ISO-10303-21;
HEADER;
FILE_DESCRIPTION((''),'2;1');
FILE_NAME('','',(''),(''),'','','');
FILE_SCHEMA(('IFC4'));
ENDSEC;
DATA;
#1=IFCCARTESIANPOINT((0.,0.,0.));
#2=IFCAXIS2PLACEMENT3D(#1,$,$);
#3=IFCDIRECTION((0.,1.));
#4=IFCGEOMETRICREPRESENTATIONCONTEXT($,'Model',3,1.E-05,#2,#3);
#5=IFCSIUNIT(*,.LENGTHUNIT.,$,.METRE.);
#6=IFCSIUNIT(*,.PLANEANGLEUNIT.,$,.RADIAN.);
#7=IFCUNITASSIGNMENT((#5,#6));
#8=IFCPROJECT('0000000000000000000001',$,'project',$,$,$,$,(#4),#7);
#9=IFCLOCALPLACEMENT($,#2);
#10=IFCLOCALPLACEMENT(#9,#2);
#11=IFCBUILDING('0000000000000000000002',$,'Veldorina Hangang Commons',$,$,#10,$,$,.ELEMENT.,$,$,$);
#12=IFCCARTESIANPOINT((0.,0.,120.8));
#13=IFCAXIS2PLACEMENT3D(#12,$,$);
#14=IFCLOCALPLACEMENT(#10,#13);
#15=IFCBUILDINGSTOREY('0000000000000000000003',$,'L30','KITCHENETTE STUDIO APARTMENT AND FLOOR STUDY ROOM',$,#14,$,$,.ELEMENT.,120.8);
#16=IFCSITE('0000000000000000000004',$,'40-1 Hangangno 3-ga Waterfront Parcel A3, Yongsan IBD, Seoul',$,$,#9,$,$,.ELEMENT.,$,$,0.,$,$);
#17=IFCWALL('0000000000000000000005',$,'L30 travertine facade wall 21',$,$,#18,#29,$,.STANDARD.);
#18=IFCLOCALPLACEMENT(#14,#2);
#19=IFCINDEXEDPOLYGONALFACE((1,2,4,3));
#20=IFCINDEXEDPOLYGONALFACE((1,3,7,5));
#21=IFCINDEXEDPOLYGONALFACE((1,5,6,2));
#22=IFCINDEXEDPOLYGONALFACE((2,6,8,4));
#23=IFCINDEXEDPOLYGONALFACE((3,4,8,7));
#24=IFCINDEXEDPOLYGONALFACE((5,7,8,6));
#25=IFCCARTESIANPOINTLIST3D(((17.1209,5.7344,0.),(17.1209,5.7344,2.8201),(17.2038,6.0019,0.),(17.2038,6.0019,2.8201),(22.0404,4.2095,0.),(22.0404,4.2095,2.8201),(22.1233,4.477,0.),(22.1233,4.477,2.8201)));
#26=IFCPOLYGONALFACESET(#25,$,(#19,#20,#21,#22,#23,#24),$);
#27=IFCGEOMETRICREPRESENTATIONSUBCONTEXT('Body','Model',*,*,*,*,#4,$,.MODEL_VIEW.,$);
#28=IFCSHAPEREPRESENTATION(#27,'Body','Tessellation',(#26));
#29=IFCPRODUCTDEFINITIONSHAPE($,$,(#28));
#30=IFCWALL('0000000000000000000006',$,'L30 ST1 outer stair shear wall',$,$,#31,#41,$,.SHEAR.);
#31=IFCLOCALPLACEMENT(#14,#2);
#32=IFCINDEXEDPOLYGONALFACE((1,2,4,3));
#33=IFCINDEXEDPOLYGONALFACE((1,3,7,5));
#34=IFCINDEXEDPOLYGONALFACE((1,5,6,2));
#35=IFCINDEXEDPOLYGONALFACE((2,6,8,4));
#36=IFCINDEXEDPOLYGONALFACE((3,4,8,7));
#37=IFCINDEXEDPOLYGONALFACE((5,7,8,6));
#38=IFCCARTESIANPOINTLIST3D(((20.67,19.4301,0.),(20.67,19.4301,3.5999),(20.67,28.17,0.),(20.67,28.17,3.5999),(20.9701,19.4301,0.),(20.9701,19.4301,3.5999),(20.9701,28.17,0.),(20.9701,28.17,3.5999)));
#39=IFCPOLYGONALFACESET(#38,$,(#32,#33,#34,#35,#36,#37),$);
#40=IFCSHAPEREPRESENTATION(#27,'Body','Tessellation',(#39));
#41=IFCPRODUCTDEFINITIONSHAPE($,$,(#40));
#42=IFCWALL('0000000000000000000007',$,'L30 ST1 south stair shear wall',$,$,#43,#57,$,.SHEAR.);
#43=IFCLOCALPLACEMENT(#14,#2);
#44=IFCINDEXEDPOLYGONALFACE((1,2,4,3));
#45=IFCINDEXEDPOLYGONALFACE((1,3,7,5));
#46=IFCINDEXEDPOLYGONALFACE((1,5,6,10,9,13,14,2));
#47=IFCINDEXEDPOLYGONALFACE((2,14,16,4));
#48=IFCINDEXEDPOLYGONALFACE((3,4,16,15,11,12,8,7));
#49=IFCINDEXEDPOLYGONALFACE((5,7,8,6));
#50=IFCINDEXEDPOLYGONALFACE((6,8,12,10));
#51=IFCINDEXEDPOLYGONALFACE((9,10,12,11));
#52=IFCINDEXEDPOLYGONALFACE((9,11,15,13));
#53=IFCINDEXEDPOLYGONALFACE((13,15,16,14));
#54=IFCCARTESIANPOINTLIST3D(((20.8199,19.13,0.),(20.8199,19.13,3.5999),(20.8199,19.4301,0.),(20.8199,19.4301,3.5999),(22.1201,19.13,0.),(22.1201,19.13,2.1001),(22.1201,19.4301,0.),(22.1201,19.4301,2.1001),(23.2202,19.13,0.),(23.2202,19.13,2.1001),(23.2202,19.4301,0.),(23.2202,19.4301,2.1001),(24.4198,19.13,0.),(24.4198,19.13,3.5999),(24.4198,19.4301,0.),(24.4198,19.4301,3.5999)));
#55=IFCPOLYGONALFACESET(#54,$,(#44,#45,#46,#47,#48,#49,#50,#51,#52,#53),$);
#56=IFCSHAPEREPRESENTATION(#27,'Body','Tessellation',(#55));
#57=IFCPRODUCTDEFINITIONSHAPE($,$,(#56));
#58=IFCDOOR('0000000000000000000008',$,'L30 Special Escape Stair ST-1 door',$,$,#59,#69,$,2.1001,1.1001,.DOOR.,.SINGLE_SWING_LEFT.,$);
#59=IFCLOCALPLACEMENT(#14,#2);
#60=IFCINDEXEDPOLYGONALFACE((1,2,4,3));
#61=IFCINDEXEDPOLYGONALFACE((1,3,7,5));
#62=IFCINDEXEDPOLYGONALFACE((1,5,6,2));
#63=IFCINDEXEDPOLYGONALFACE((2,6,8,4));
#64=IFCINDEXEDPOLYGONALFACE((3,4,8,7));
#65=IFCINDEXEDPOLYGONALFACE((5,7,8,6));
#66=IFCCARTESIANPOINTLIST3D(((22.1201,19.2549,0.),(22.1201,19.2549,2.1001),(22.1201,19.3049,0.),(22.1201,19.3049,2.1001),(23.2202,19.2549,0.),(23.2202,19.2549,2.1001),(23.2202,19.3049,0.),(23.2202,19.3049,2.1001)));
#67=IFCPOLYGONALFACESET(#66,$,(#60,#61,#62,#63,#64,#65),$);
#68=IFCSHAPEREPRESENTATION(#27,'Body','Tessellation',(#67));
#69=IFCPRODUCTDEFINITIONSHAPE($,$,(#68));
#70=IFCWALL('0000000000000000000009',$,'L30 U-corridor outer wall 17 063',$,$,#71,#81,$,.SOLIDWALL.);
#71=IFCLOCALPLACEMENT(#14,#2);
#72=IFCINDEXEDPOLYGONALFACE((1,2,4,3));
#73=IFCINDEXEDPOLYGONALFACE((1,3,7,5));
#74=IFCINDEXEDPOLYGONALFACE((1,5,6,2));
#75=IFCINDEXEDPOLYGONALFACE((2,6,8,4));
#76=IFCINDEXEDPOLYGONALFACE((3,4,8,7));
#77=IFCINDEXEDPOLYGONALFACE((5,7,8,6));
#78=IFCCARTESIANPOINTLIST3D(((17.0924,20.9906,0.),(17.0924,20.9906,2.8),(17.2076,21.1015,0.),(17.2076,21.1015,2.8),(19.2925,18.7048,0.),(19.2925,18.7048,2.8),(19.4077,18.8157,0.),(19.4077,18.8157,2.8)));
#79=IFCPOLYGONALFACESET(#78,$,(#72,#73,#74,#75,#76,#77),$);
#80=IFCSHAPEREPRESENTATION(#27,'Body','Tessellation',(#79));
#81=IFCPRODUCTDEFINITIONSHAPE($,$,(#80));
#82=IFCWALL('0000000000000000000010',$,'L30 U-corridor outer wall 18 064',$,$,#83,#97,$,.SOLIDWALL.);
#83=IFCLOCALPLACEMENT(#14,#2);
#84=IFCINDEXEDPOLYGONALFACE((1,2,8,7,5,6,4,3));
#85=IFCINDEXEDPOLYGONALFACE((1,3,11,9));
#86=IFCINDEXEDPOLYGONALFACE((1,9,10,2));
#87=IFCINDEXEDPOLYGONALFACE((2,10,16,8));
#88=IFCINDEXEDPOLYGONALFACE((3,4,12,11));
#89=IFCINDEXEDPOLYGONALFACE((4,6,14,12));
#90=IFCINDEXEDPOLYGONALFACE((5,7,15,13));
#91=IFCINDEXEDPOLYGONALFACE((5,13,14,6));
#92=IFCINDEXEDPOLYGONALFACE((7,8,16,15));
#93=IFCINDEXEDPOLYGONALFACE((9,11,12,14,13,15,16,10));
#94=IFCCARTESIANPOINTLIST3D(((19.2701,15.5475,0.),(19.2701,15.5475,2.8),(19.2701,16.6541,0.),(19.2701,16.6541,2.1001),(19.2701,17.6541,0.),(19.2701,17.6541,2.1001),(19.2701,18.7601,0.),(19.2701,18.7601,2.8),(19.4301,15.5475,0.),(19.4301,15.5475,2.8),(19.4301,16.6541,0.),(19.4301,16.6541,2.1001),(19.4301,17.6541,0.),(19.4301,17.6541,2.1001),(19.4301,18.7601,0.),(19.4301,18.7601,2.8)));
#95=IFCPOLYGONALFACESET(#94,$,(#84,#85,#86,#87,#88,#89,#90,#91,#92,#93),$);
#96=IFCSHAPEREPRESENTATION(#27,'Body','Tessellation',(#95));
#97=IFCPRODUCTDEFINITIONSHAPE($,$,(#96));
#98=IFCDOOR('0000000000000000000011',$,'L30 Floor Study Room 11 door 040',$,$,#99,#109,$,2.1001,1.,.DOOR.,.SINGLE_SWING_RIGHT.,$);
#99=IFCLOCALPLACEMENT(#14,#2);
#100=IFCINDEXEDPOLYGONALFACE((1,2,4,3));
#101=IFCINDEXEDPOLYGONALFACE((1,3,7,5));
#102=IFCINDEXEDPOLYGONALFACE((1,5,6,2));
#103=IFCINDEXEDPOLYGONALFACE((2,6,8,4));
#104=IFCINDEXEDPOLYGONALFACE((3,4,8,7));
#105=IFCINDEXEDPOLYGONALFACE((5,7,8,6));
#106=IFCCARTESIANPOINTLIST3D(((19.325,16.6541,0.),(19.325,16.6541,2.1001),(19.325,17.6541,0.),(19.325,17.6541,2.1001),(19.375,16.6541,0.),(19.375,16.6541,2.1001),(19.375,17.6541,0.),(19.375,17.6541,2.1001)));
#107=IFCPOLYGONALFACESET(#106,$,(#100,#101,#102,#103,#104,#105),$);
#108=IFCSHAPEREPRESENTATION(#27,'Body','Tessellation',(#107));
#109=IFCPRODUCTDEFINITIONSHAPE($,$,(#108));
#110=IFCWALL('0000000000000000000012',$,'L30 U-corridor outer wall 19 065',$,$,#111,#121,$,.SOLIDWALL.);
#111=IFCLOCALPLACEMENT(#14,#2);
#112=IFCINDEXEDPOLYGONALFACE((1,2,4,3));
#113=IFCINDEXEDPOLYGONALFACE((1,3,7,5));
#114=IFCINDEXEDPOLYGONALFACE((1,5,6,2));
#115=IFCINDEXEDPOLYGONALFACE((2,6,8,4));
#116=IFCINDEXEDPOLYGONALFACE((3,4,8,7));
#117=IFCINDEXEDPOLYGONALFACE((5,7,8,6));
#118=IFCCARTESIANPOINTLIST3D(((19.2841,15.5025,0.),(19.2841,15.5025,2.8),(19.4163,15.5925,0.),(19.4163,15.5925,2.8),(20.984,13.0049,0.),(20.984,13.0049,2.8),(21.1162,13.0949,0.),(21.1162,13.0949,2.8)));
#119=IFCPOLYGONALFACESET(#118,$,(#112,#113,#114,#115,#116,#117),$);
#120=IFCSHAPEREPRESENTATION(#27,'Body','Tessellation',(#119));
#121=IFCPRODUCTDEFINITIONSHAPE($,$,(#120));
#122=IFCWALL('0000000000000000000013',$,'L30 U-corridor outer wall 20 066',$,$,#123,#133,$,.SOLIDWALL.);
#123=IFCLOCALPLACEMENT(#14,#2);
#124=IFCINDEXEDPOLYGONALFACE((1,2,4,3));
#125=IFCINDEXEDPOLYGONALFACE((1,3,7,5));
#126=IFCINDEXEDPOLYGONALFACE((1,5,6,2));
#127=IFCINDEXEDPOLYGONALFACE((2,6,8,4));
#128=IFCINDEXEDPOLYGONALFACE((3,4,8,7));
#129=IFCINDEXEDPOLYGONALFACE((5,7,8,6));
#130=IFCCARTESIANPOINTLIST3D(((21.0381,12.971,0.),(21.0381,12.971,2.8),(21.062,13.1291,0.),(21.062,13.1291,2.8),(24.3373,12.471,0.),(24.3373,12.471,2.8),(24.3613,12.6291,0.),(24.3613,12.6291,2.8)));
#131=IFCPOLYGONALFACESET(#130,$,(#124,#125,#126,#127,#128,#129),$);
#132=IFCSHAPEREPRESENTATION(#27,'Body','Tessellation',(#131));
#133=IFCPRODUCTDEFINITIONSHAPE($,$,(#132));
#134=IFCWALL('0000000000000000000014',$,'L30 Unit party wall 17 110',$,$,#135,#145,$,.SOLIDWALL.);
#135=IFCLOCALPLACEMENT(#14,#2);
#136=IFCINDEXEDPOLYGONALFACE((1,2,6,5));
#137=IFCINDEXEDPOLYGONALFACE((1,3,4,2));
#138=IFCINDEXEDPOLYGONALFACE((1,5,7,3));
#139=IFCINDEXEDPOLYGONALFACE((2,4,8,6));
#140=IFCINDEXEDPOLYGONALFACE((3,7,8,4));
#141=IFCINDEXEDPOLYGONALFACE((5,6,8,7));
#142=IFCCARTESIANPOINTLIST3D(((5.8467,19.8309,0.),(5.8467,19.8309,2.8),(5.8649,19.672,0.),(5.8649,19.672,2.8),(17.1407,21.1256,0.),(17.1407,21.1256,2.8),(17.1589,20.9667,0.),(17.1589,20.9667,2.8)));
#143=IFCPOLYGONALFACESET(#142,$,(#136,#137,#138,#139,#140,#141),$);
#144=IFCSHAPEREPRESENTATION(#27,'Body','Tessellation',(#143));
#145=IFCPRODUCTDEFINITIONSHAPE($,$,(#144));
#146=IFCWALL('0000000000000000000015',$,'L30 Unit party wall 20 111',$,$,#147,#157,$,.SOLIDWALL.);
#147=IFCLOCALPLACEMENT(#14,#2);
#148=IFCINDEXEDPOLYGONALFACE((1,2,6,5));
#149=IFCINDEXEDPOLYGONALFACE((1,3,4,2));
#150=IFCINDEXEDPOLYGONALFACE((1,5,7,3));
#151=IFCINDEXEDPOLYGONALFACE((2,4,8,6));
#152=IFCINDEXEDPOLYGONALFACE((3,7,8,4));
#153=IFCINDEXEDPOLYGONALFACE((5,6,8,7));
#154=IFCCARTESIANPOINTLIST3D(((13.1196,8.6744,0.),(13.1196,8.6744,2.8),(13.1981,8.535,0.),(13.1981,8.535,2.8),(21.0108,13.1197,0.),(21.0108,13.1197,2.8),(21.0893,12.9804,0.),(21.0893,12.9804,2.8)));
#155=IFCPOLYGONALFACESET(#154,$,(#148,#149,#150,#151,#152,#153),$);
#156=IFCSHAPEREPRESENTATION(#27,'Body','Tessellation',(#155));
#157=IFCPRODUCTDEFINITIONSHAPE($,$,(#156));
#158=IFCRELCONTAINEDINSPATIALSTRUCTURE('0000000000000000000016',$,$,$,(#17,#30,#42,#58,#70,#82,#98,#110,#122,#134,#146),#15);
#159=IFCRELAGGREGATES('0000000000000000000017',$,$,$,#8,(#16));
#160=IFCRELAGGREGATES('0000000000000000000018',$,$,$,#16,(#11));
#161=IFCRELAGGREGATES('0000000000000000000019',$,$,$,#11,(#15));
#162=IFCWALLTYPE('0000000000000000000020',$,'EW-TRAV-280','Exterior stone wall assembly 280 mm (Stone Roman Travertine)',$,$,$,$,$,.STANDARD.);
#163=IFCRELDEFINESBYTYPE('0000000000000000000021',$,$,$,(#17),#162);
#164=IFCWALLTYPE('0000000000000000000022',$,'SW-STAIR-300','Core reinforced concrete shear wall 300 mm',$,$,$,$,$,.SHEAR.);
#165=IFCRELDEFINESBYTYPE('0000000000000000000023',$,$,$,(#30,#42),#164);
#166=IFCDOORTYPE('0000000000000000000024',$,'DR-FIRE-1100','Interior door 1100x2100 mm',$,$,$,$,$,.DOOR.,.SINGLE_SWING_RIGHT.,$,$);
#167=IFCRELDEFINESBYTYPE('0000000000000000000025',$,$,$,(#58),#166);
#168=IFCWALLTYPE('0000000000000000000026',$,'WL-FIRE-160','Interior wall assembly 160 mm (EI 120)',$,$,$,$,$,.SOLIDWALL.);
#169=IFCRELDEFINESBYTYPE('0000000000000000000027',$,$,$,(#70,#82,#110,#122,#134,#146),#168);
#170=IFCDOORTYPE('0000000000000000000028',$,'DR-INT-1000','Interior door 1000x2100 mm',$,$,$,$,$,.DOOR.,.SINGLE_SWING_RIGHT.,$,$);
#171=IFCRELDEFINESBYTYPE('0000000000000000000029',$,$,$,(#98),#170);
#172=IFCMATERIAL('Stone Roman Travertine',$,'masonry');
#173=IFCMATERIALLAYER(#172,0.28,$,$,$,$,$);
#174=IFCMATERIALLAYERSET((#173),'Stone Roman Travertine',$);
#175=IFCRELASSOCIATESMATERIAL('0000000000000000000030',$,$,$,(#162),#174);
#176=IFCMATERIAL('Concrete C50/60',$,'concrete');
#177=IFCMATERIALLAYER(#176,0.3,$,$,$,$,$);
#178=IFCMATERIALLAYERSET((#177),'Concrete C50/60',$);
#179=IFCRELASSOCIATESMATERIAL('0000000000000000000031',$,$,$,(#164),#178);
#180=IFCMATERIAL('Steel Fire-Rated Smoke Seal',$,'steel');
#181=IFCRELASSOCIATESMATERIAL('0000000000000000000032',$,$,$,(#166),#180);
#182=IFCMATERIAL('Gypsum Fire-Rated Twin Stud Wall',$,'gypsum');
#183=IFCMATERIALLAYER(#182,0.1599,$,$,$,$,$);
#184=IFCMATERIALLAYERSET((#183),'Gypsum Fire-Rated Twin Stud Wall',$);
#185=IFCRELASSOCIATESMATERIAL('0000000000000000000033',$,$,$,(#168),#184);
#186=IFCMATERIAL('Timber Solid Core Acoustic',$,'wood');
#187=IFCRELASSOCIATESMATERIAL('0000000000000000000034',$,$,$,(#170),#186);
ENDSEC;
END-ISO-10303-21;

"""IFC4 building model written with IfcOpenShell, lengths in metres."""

from ifc_helpers import new_model, si_unit, direction, frame, frame_2d, origin, place, context, subcontext, project, spatial, rectangle, extrude, material, layer, layer_set, type_object, element, fill, save


model = new_model("IFC4")

# Units and contexts
model_context = context("Model", 3, precision=1e-05, world=origin(), true_north=direction((0.0, 1.0)))
body_context = subcontext(model_context, "Body", "Model", "MODEL_VIEW")
ifc_project = project(units=[si_unit("LENGTHUNIT", "METRE"), si_unit("PLANEANGLEUNIT", "RADIAN")], contexts=[model_context])

# Site, building, storey
site_placement = place(None, origin())
site = spatial("IfcSite", under=ifc_project, at=site_placement, Name="40-1 Hangangno 3-ga Waterfront Parcel A3, Yongsan IBD, Seoul", CompositionType="ELEMENT", RefElevation=0.0)
building_placement = place(site_placement, origin())
building = spatial("IfcBuilding", under=site, at=building_placement, Name="Veldorina Hangang Commons", CompositionType="ELEMENT")
storey_placement = place(building_placement, frame((0.0, 0.0, 120.8)))
storey = spatial("IfcBuildingStorey", under=building, at=storey_placement, Name="L30", Description="KITCHENETTE STUDIO APARTMENT AND FLOOR STUDY ROOM", CompositionType="ELEMENT", Elevation=120.8)

# Walls
ifc_material_1 = material(Name="Stone Roman Travertine", Category="masonry")
ifc_layer_1 = layer(ifc_material_1, 0.28)
ifc_layer_set_1 = layer_set([ifc_layer_1], Name="Stone Roman Travertine")
wall_type_1 = type_object("IfcWallType", Name="EW-TRAV-280", Description="Exterior stone wall assembly 280 mm (Stone Roman Travertine)", PredefinedType="STANDARD", material=ifc_layer_set_1)
wall_1_placement = place(storey_placement, frame((17.1624, 5.8682, 0.0), z_axis=(0.0, 0.0, 1.0), x_axis=(0.955164, -0.296077, 0.0)))
element("IfcWall", 1, at=wall_1_placement, inside=storey, type_object=wall_type_1, Name="L30 travertine facade wall 21", PredefinedType="STANDARD", context=body_context, shape_type="SweptSolid", body=[
    extrude(rectangle(XDim=5.1504, YDim=0.28, at=frame_2d((2.5752, 0.0))), origin(), (0.0, 0.0, 1.0), 2.8201),
])
ifc_material_2 = material(Name="Concrete C50/60", Category="concrete")
ifc_layer_2 = layer(ifc_material_2, 0.3)
ifc_layer_set_2 = layer_set([ifc_layer_2], Name="Concrete C50/60")
wall_type_2 = type_object("IfcWallType", Name="SW-STAIR-300", Description="Core reinforced concrete shear wall 300 mm", PredefinedType="SHEAR", material=ifc_layer_set_2)
wall_2_placement = place(storey_placement, frame((20.8201, 19.4299, 0.0), z_axis=(0.0, 0.0, 1.0), x_axis=(0.0, 1.0, 0.0)))
element("IfcWall", 2, at=wall_2_placement, inside=storey, type_object=wall_type_2, Name="L30 ST1 outer stair shear wall", PredefinedType="SHEAR", context=body_context, shape_type="SweptSolid", body=[
    extrude(rectangle(XDim=8.74, YDim=0.3, at=frame_2d((4.3701, 0.0))), origin(), (0.0, 0.0, 1.0), 3.5999),
])

# Wall, opening, door
wall_3_placement = place(storey_placement, frame((20.8201, 19.28, 0.0), z_axis=(0.0, 0.0, 1.0), x_axis=(1.0, 0.0, 0.0)))
wall_3 = element("IfcWall", 3, at=wall_3_placement, inside=storey, type_object=wall_type_2, Name="L30 ST1 south stair shear wall", PredefinedType="SHEAR", context=body_context, shape_type="SweptSolid", body=[
    extrude(rectangle(XDim=3.5999, YDim=0.3, at=frame_2d((1.7998, 0.0))), origin(), (0.0, 0.0, 1.0), 3.5999),
])
opening_1_placement = place(wall_3_placement, frame((1.3, 0.0, 0.0)))
opening_1 = element("IfcOpeningElement", 4, at=opening_1_placement, cuts=wall_3, PredefinedType="OPENING", context=body_context, shape_type="SweptSolid", body=[
    extrude(rectangle(XDim=1.1001, YDim=2.1001, at=frame_2d((0.55, 1.05))), frame((0.0, 0.1602, 0.0), z_axis=(0.0, -1.0, 0.0), x_axis=(1.0, 0.0, 0.0)), (0.0, 0.0, 1.0), 0.3201),
])
ifc_material_3 = material(Name="Steel Fire-Rated Smoke Seal", Category="steel")
door_type_1 = type_object("IfcDoorType", Name="DR-FIRE-1100", Description="Interior door 1100x2100 mm", OperationType="SINGLE_SWING_RIGHT", PredefinedType="DOOR", material=ifc_material_3)
door_1_placement = place(opening_1_placement, origin())
door_1 = element("IfcDoor", 5, at=door_1_placement, inside=storey, type_object=door_type_1, Name="L30 Special Escape Stair ST-1 door", OperationType="SINGLE_SWING_LEFT", OverallHeight=2.1001, OverallWidth=1.1001, PredefinedType="DOOR", context=body_context, shape_type="SweptSolid", body=[
    extrude(rectangle(XDim=1.1001, YDim=2.1001, at=frame_2d((0.55, 1.05))), frame((0.0, 0.0249, 0.0), z_axis=(0.0, -1.0, 0.0), x_axis=(1.0, 0.0, 0.0)), (0.0, 0.0, 1.0), 0.05),
])
fill(opening_1, door_1)

# Wall
ifc_material_4 = material(Name="Gypsum Fire-Rated Twin Stud Wall", Category="gypsum")
ifc_layer_3 = layer(ifc_material_4, 0.1599)
ifc_layer_set_3 = layer_set([ifc_layer_3], Name="Gypsum Fire-Rated Twin Stud Wall")
wall_type_3 = type_object("IfcWallType", Name="WL-FIRE-160", Description="Interior wall assembly 160 mm (EI 120)", PredefinedType="SOLIDWALL", material=ifc_layer_set_3)
wall_4_placement = place(storey_placement, frame((17.1499, 21.0461, 0.0), z_axis=(0.0, 0.0, 1.0), x_axis=(0.693473, -0.720483, 0.0)))
element("IfcWall", 6, at=wall_4_placement, inside=storey, type_object=wall_type_3, Name="L30 U-corridor outer wall 17 063", PredefinedType="SOLIDWALL", context=body_context, shape_type="SweptSolid", body=[
    extrude(rectangle(XDim=3.1726, YDim=0.1599, at=frame_2d((1.5864, 0.0))), origin(), (0.0, 0.0, 1.0), 2.8),
])

# Wall, opening, door
wall_5_placement = place(storey_placement, frame((19.3501, 18.7603, 0.0), z_axis=(0.0, 0.0, 1.0), x_axis=(0.0, -1.0, 0.0)))
wall_5 = element("IfcWall", 7, at=wall_5_placement, inside=storey, type_object=wall_type_3, Name="L30 U-corridor outer wall 18 064", PredefinedType="SOLIDWALL", context=body_context, shape_type="SweptSolid", body=[
    extrude(rectangle(XDim=3.2126, YDim=0.1599, at=frame_2d((1.6064, 0.0))), origin(), (0.0, 0.0, 1.0), 2.8),
])
opening_2_placement = place(wall_5_placement, frame((1.1062, 0.0, 0.0)))
opening_2 = element("IfcOpeningElement", 8, at=opening_2_placement, cuts=wall_5, PredefinedType="OPENING", context=body_context, shape_type="SweptSolid", body=[
    extrude(rectangle(XDim=1.0, YDim=2.1001, at=frame_2d((0.5, 1.05))), frame((0.0, 0.0898, 0.0), z_axis=(0.0, -1.0, 0.0), x_axis=(1.0, 0.0, 0.0)), (0.0, 0.0, 1.0), 0.1799),
])
ifc_material_5 = material(Name="Timber Solid Core Acoustic", Category="wood")
door_type_2 = type_object("IfcDoorType", Name="DR-INT-1000", Description="Interior door 1000x2100 mm", OperationType="SINGLE_SWING_RIGHT", PredefinedType="DOOR", material=ifc_material_5)
door_2_placement = place(opening_2_placement, origin())
door_2 = element("IfcDoor", 9, at=door_2_placement, inside=storey, type_object=door_type_2, Name="L30 Floor Study Room 11 door 040", OperationType="SINGLE_SWING_RIGHT", OverallHeight=2.1001, OverallWidth=1.0, PredefinedType="DOOR", context=body_context, shape_type="SweptSolid", body=[
    extrude(rectangle(XDim=1.0, YDim=2.1001, at=frame_2d((0.5, 1.05))), frame((0.0, 0.0249, 0.0), z_axis=(0.0, -1.0, 0.0), x_axis=(1.0, 0.0, 0.0)), (0.0, 0.0, 1.0), 0.05),
])
fill(opening_2, door_2)

# Walls
wall_6_placement = place(storey_placement, frame((19.3501, 15.5476, 0.0), z_axis=(0.0, 0.0, 1.0), x_axis=(0.562675, -0.826678, 0.0)))
element("IfcWall", 10, at=wall_6_placement, inside=storey, type_object=wall_type_3, Name="L30 U-corridor outer wall 19 065", PredefinedType="SOLIDWALL", context=body_context, shape_type="SweptSolid", body=[
    extrude(rectangle(XDim=3.0212, YDim=0.1599, at=frame_2d((1.5107, 0.0))), origin(), (0.0, 0.0, 1.0), 2.8),
])
wall_7_placement = place(storey_placement, frame((21.05, 13.05, 0.0), z_axis=(0.0, 0.0, 1.0), x_axis=(0.988711, -0.149836, 0.0)))
element("IfcWall", 11, at=wall_7_placement, inside=storey, type_object=wall_type_3, Name="L30 U-corridor outer wall 20 066", PredefinedType="SOLIDWALL", context=body_context, shape_type="SweptSolid", body=[
    extrude(rectangle(XDim=3.3369, YDim=0.1599, at=frame_2d((1.6685, 0.0))), origin(), (0.0, 0.0, 1.0), 2.8),
])
wall_8_placement = place(storey_placement, frame((17.1499, 21.0461, 0.0), z_axis=(0.0, 0.0, 1.0), x_axis=(-0.993494, -0.113889, 0.0)))
element("IfcWall", 12, at=wall_8_placement, inside=storey, type_object=wall_type_3, Name="L30 Unit party wall 17 110", PredefinedType="SOLIDWALL", context=body_context, shape_type="SweptSolid", body=[
    extrude(rectangle(XDim=11.3679, YDim=0.1599, at=frame_2d((5.6841, 0.0))), origin(), (0.0, 0.0, 1.0), 2.8),
])
wall_9_placement = place(storey_placement, frame((21.05, 13.05, 0.0), z_axis=(0.0, 0.0, 1.0), x_axis=(-0.871266, -0.490811, 0.0)))
element("IfcWall", 13, at=wall_9_placement, inside=storey, type_object=wall_type_3, Name="L30 Unit party wall 20 111", PredefinedType="SOLIDWALL", context=body_context, shape_type="SweptSolid", body=[
    extrude(rectangle(XDim=9.0571, YDim=0.1599, at=frame_2d((4.5286, 0.0))), origin(), (0.0, 0.0, 1.0), 2.8),
])

save(model, "model.ifc")
